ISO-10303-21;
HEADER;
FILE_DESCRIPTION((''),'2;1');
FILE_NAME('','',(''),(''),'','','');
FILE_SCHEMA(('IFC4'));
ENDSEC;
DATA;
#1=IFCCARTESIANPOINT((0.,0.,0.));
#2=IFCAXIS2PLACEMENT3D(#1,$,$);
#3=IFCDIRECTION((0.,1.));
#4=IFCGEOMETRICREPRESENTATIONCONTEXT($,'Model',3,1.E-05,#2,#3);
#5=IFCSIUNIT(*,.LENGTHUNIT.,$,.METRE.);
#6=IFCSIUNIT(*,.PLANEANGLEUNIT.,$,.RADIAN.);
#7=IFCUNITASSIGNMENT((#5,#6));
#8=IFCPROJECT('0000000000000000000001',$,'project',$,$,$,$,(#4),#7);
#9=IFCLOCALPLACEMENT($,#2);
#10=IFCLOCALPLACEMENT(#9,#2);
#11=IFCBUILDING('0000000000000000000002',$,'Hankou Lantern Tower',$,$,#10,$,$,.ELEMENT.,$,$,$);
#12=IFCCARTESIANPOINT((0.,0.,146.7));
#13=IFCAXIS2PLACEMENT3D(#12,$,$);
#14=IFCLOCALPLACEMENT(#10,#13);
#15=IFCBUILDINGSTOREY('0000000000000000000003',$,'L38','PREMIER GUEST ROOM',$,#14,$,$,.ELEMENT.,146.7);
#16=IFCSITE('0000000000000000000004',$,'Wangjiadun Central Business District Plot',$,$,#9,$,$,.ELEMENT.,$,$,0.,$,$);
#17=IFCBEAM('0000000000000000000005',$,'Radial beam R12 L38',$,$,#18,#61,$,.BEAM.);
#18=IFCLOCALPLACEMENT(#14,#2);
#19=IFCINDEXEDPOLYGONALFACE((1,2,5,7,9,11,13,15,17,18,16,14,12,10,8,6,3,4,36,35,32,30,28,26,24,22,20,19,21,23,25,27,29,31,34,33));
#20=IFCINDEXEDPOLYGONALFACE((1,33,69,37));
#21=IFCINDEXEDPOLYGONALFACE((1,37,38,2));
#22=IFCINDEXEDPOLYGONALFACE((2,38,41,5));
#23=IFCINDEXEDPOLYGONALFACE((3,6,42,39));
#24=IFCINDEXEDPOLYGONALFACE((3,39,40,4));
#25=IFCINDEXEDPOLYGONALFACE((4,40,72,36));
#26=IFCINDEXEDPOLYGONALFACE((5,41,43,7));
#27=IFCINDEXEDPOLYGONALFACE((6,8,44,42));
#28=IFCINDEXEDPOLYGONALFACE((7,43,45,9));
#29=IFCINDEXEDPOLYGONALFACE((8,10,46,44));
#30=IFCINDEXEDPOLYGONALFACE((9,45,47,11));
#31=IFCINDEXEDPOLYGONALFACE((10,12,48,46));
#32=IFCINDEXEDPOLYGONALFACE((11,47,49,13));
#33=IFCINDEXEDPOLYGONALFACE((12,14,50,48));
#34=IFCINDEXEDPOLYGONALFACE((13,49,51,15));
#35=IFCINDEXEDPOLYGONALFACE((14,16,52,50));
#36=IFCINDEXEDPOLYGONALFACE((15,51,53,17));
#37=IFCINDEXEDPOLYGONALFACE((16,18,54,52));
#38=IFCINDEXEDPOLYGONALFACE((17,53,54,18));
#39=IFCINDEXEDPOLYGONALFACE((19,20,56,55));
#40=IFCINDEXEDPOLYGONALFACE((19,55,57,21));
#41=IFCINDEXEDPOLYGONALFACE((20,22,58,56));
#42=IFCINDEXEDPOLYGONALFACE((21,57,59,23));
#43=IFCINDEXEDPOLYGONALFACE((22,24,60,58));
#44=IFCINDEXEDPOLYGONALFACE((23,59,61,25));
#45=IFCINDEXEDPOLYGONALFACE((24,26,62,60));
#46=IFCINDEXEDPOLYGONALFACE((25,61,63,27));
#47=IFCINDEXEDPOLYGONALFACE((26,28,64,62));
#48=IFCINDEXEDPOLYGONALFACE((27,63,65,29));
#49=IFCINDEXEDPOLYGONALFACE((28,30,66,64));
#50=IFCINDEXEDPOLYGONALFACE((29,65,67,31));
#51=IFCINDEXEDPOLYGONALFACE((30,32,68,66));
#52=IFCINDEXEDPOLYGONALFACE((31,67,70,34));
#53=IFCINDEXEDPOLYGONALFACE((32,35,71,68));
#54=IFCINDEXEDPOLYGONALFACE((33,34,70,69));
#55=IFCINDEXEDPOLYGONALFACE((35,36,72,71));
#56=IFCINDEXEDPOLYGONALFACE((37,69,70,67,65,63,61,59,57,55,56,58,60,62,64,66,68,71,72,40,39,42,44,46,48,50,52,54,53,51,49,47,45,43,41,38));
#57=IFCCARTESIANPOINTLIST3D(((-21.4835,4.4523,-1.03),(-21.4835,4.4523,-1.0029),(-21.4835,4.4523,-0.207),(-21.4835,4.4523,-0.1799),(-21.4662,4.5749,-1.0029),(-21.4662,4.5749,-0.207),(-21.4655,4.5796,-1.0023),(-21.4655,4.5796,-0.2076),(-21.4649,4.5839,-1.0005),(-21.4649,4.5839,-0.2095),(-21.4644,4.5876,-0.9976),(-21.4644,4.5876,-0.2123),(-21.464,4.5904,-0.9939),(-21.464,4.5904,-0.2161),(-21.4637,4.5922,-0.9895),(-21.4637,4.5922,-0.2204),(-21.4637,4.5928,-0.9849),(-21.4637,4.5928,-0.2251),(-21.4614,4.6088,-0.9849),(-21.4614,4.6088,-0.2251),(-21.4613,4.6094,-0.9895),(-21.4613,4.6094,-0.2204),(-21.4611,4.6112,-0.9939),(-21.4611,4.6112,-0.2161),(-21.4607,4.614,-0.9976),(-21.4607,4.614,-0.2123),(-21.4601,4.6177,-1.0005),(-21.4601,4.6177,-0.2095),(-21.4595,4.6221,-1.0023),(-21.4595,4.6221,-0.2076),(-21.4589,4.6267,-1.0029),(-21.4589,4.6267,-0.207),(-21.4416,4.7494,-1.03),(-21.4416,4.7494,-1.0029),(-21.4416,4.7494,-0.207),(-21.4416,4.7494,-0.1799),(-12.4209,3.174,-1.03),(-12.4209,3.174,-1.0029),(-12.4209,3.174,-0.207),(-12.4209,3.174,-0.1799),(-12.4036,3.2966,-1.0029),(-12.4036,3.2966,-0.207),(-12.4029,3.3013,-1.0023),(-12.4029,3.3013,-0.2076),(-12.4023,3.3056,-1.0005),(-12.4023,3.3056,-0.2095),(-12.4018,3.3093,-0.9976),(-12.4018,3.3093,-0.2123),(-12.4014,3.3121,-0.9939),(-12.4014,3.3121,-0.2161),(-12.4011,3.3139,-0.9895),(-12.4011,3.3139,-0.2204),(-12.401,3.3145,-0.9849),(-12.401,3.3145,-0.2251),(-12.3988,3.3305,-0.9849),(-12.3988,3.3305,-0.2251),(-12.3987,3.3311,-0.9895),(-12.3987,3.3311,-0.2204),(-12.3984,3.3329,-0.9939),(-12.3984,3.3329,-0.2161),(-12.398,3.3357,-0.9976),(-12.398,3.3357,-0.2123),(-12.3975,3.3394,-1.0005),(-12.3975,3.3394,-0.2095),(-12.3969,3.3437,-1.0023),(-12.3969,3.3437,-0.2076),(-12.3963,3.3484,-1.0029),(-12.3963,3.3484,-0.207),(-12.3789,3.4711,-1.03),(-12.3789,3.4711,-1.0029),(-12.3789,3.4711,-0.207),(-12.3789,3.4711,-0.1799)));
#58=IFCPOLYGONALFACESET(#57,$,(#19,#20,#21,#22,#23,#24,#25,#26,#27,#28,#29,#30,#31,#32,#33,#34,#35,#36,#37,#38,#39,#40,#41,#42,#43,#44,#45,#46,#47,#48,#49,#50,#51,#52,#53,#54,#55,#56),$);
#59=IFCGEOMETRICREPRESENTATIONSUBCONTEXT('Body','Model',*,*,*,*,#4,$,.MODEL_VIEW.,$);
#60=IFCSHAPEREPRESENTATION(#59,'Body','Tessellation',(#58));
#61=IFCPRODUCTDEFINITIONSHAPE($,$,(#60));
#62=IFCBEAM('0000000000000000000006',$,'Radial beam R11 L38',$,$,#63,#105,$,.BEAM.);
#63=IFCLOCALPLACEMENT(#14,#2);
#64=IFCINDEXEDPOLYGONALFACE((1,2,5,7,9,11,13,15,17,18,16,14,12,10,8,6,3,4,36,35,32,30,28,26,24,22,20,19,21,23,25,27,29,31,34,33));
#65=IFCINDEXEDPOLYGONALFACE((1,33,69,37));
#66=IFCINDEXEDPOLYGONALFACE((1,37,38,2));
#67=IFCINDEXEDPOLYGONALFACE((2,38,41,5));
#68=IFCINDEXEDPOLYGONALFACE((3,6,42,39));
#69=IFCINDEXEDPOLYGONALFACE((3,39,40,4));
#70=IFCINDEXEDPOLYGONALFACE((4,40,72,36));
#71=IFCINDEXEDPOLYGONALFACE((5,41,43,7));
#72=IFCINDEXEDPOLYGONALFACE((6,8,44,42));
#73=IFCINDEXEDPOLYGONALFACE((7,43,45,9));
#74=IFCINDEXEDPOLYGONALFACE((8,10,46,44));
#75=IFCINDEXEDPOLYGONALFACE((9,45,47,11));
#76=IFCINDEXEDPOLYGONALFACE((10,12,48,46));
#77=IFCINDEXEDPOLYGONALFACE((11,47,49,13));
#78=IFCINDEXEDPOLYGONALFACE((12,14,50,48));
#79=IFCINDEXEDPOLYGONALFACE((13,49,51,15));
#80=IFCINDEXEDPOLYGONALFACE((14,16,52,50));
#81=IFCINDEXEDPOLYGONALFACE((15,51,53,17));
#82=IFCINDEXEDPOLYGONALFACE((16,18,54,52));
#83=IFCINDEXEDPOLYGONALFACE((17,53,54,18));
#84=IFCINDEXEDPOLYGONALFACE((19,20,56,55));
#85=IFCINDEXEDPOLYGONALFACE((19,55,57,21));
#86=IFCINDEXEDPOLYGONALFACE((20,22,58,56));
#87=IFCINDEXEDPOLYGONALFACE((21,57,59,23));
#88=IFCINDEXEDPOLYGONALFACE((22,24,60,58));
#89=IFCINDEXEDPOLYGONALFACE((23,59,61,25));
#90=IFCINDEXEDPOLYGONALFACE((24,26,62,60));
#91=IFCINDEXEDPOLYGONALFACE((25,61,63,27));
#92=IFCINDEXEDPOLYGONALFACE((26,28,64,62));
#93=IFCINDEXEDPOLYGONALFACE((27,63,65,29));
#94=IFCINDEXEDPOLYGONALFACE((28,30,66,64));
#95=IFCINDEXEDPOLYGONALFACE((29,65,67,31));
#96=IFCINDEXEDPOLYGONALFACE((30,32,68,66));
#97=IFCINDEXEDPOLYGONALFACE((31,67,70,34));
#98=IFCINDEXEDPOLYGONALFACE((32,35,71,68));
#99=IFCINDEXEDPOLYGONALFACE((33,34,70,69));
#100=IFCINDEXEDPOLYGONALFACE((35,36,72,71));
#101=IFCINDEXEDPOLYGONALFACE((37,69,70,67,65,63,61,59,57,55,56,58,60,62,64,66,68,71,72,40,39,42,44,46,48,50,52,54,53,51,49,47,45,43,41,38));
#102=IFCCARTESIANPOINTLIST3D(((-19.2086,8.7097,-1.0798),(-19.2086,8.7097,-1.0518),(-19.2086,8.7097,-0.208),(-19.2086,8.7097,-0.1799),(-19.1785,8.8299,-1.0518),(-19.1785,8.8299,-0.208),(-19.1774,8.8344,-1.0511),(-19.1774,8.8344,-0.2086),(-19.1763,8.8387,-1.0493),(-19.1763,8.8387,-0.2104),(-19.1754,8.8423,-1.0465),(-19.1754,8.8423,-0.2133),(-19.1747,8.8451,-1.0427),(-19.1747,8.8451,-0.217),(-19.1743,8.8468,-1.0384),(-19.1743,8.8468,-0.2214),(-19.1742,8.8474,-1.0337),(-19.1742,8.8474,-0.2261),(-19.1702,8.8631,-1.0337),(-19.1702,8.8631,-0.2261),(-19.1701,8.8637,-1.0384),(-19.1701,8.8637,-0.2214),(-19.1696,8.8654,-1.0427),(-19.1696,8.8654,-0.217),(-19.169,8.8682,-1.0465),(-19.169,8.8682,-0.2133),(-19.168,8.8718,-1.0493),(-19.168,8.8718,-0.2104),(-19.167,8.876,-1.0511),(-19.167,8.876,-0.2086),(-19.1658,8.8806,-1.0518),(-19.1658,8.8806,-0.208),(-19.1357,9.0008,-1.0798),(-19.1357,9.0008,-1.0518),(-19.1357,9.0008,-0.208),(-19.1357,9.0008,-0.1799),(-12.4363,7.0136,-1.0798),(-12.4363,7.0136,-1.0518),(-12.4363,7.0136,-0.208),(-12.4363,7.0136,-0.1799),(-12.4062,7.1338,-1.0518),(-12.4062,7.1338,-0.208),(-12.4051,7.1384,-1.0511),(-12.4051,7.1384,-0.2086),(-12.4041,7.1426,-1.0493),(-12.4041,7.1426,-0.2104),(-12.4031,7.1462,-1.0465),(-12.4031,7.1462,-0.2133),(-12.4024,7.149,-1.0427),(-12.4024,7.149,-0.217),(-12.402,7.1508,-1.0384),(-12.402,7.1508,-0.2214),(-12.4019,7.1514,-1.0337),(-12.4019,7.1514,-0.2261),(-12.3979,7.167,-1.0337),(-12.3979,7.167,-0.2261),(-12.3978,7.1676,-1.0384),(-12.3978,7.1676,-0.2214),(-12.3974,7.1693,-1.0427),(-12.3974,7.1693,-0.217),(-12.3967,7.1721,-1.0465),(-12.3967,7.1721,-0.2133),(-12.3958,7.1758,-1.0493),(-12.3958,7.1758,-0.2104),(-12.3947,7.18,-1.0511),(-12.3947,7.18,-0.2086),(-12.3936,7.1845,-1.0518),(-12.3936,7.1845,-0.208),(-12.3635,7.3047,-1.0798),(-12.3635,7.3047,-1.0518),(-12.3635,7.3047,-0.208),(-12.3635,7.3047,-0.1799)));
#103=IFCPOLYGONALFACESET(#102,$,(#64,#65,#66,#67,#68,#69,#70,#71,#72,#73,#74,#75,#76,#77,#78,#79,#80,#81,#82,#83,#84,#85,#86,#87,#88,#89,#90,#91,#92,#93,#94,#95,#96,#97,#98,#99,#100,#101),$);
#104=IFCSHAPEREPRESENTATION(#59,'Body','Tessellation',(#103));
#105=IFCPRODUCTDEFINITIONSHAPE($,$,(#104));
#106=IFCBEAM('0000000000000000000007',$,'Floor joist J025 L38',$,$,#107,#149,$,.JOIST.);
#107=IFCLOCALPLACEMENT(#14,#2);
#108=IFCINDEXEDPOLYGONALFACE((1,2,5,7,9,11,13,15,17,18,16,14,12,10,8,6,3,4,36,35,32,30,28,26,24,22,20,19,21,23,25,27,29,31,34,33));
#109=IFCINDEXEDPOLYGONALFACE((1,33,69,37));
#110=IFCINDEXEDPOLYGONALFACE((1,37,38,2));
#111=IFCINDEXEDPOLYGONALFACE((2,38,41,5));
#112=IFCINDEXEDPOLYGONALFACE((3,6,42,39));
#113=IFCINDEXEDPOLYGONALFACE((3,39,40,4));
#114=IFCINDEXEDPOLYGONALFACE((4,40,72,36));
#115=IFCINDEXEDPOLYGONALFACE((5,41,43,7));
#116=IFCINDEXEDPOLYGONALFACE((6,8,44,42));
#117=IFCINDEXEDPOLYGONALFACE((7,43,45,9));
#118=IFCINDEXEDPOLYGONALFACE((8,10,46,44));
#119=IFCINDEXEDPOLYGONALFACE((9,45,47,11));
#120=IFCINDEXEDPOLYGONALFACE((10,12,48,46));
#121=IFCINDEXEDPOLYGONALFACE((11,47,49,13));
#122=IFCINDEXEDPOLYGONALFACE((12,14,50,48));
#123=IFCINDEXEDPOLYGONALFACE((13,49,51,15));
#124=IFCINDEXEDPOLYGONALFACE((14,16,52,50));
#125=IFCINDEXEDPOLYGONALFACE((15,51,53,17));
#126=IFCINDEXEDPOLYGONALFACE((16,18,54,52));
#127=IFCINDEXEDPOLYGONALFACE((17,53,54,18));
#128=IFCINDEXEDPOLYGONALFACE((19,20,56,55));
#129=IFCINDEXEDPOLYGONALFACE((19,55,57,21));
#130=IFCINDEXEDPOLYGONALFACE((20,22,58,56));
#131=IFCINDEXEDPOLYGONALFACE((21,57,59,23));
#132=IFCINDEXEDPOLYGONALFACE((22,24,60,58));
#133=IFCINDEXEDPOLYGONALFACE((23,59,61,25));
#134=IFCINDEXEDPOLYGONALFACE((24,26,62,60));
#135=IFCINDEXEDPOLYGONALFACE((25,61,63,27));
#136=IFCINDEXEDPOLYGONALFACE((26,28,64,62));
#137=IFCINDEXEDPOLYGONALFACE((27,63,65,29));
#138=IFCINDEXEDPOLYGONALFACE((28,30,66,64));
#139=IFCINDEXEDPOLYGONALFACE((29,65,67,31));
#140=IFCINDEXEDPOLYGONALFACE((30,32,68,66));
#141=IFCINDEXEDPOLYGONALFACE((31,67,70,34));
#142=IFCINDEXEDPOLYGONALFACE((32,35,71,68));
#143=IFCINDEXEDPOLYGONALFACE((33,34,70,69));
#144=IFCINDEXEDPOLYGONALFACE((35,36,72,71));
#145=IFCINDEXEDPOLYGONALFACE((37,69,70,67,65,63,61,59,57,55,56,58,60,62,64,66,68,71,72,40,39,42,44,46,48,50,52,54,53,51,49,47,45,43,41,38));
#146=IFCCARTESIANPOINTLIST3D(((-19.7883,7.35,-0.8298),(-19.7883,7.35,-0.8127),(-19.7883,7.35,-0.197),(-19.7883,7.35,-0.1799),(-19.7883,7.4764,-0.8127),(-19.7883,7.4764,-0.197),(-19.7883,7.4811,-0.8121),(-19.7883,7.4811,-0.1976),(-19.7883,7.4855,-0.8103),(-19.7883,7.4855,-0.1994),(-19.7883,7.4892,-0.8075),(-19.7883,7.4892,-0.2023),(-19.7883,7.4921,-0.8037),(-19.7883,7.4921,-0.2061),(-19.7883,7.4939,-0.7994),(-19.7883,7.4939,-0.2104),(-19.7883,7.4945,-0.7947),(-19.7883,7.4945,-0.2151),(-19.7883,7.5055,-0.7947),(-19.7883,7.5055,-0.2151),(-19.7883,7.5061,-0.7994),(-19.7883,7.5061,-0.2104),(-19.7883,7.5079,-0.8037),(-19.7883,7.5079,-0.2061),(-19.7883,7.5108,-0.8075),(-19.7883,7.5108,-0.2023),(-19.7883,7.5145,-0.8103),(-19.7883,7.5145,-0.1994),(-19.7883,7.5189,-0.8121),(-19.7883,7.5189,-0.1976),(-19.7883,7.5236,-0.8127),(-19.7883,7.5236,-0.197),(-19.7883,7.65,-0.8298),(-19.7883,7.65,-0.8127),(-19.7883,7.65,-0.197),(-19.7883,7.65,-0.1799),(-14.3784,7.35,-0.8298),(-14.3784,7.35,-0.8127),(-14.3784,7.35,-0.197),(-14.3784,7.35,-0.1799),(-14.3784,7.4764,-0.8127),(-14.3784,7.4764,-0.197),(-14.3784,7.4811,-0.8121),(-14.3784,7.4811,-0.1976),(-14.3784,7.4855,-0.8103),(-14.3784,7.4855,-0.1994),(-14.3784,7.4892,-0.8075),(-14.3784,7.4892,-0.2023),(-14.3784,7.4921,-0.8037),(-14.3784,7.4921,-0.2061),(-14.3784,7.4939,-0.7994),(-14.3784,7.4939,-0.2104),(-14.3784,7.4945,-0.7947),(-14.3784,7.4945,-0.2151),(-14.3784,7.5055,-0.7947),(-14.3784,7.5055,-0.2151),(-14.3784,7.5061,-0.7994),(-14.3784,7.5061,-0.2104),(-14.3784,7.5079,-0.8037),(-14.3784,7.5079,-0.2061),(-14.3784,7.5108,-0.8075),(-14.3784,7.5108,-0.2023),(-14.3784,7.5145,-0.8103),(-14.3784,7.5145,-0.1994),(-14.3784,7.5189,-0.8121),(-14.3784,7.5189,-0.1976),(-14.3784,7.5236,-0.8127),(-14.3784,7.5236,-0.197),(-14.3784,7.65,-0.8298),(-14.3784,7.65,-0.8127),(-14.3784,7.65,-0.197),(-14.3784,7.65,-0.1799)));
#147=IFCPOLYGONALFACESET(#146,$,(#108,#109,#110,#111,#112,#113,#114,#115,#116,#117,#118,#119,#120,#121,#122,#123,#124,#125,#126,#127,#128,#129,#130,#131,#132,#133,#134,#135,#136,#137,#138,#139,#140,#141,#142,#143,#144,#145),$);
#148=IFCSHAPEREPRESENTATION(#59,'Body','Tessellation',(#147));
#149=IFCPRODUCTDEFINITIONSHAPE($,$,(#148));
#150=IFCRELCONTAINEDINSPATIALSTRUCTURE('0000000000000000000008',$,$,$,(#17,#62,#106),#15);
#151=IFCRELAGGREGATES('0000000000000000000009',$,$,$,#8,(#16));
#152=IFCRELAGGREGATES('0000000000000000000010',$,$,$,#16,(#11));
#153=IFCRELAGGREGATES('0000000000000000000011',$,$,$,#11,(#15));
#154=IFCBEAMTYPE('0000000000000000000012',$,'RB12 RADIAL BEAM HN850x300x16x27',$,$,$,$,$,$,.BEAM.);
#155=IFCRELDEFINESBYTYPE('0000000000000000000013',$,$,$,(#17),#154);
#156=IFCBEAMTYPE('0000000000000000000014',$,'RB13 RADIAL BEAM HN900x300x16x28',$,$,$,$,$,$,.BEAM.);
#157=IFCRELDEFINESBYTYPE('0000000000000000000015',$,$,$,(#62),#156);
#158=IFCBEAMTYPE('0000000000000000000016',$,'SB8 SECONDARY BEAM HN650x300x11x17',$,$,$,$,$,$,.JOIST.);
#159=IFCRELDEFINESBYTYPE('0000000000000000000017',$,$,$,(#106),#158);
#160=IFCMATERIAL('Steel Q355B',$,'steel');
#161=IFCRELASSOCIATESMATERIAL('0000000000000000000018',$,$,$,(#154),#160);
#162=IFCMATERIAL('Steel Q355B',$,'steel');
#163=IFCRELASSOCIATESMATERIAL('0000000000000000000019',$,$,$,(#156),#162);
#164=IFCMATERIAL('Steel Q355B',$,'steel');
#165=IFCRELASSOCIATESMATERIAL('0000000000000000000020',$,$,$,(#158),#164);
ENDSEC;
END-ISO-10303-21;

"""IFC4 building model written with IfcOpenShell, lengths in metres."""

from ifc_helpers import new_model, si_unit, direction, frame, origin, origin_2d, place, context, subcontext, project, spatial, i_section, extrude, material, material_profile, profile_set, type_object, element, save


model = new_model("IFC4")

# Units and contexts
model_context = context("Model", 3, precision=1e-05, world=origin(), true_north=direction((0.0, 1.0)))
body_context = subcontext(model_context, "Body", "Model", "MODEL_VIEW")
ifc_project = project(units=[si_unit("LENGTHUNIT", "METRE"), si_unit("PLANEANGLEUNIT", "RADIAN")], contexts=[model_context])

# Site, building, storey
site_placement = place(None, origin())
site = spatial("IfcSite", under=ifc_project, at=site_placement, Name="Wangjiadun Central Business District Plot", CompositionType="ELEMENT", RefElevation=0.0)
building_placement = place(site_placement, origin())
building = spatial("IfcBuilding", under=site, at=building_placement, Name="Hankou Lantern Tower", CompositionType="ELEMENT")
storey_placement = place(building_placement, frame((0.0, 0.0, 146.7)))
storey = spatial("IfcBuildingStorey", under=building, at=storey_placement, Name="L38", Description="PREMIER GUEST ROOM", CompositionType="ELEMENT", Elevation=146.7)

# Beams
ifc_material_1 = material(Name="Steel Q355B", Category="steel")
ifc_material_profile_1 = material_profile(ifc_material_1, i_section(OverallWidth=0.3, OverallDepth=0.8501, WebThickness=0.0161, FlangeThickness=0.0271, FilletRadius=0.0181, at=origin_2d()), Name="HN850x300x16x27")
ifc_profile_set_1 = profile_set([ifc_material_profile_1], Name="Steel Q355B")
beam_type_1 = type_object("IfcBeamType", Name="RB12 RADIAL BEAM HN850x300x16x27", PredefinedType="BEAM", material=ifc_profile_set_1)
beam_1_placement = place(storey_placement, frame((-12.3999, 3.3225, -0.605), z_axis=(-0.990198, 0.13967, 0.0), x_axis=(-0.13967, -0.990198, 0.0)))
element("IfcBeam", 1, at=beam_1_placement, inside=storey, type_object=beam_type_1, Name="Radial beam R12 L38", PredefinedType="BEAM", context=body_context, shape_type="SweptSolid", body=[
    extrude(i_section(OverallWidth=0.3, OverallDepth=0.8501, WebThickness=0.0161, FlangeThickness=0.0271, FilletRadius=0.0181, at=origin_2d()), origin(), (0.0, 0.0, 1.0), 9.1523),
])
ifc_material_2 = material(Name="Steel Q355B", Category="steel")
ifc_material_profile_2 = material_profile(ifc_material_2, i_section(OverallWidth=0.3, OverallDepth=0.8999, WebThickness=0.0161, FlangeThickness=0.0281, FilletRadius=0.0181, at=origin_2d()), Name="HN900x300x16x28")
ifc_profile_set_2 = profile_set([ifc_material_profile_2], Name="Steel Q355B")
beam_type_2 = type_object("IfcBeamType", Name="RB13 RADIAL BEAM HN900x300x16x28", PredefinedType="BEAM", material=ifc_profile_set_2)
beam_2_placement = place(storey_placement, frame((-12.3999, 7.1592, -0.6299), z_axis=(-0.970042, 0.242939, 0.0), x_axis=(-0.242939, -0.970042, 0.0)))
element("IfcBeam", 2, at=beam_2_placement, inside=storey, type_object=beam_type_2, Name="Radial beam R11 L38", PredefinedType="BEAM", context=body_context, shape_type="SweptSolid", body=[
    extrude(i_section(OverallWidth=0.3, OverallDepth=0.8999, WebThickness=0.0161, FlangeThickness=0.0281, FilletRadius=0.0181, at=origin_2d()), origin(), (0.0, 0.0, 1.0), 6.9814),
])
ifc_material_3 = material(Name="Steel Q355B", Category="steel")
ifc_material_profile_3 = material_profile(ifc_material_3, i_section(OverallWidth=0.3, OverallDepth=0.6499, WebThickness=0.011, FlangeThickness=0.0171, FilletRadius=0.0181, at=origin_2d()), Name="HN650x300x11x17")
ifc_profile_set_3 = profile_set([ifc_material_profile_3], Name="Steel Q355B")
beam_type_3 = type_object("IfcBeamType", Name="SB8 SECONDARY BEAM HN650x300x11x17", PredefinedType="JOIST", material=ifc_profile_set_3)
beam_3_placement = place(storey_placement, frame((-19.7883, 7.5, -0.5049), z_axis=(1.0, 0.0, 0.0), x_axis=(0.0, 1.0, 0.0)))
element("IfcBeam", 3, at=beam_3_placement, inside=storey, type_object=beam_type_3, Name="Floor joist J025 L38", PredefinedType="JOIST", context=body_context, shape_type="SweptSolid", body=[
    extrude(i_section(OverallWidth=0.3, OverallDepth=0.6499, WebThickness=0.011, FlangeThickness=0.0171, FilletRadius=0.0181, at=origin_2d()), origin(), (0.0, 0.0, 1.0), 5.4099),
])

save(model, "model.ifc")
